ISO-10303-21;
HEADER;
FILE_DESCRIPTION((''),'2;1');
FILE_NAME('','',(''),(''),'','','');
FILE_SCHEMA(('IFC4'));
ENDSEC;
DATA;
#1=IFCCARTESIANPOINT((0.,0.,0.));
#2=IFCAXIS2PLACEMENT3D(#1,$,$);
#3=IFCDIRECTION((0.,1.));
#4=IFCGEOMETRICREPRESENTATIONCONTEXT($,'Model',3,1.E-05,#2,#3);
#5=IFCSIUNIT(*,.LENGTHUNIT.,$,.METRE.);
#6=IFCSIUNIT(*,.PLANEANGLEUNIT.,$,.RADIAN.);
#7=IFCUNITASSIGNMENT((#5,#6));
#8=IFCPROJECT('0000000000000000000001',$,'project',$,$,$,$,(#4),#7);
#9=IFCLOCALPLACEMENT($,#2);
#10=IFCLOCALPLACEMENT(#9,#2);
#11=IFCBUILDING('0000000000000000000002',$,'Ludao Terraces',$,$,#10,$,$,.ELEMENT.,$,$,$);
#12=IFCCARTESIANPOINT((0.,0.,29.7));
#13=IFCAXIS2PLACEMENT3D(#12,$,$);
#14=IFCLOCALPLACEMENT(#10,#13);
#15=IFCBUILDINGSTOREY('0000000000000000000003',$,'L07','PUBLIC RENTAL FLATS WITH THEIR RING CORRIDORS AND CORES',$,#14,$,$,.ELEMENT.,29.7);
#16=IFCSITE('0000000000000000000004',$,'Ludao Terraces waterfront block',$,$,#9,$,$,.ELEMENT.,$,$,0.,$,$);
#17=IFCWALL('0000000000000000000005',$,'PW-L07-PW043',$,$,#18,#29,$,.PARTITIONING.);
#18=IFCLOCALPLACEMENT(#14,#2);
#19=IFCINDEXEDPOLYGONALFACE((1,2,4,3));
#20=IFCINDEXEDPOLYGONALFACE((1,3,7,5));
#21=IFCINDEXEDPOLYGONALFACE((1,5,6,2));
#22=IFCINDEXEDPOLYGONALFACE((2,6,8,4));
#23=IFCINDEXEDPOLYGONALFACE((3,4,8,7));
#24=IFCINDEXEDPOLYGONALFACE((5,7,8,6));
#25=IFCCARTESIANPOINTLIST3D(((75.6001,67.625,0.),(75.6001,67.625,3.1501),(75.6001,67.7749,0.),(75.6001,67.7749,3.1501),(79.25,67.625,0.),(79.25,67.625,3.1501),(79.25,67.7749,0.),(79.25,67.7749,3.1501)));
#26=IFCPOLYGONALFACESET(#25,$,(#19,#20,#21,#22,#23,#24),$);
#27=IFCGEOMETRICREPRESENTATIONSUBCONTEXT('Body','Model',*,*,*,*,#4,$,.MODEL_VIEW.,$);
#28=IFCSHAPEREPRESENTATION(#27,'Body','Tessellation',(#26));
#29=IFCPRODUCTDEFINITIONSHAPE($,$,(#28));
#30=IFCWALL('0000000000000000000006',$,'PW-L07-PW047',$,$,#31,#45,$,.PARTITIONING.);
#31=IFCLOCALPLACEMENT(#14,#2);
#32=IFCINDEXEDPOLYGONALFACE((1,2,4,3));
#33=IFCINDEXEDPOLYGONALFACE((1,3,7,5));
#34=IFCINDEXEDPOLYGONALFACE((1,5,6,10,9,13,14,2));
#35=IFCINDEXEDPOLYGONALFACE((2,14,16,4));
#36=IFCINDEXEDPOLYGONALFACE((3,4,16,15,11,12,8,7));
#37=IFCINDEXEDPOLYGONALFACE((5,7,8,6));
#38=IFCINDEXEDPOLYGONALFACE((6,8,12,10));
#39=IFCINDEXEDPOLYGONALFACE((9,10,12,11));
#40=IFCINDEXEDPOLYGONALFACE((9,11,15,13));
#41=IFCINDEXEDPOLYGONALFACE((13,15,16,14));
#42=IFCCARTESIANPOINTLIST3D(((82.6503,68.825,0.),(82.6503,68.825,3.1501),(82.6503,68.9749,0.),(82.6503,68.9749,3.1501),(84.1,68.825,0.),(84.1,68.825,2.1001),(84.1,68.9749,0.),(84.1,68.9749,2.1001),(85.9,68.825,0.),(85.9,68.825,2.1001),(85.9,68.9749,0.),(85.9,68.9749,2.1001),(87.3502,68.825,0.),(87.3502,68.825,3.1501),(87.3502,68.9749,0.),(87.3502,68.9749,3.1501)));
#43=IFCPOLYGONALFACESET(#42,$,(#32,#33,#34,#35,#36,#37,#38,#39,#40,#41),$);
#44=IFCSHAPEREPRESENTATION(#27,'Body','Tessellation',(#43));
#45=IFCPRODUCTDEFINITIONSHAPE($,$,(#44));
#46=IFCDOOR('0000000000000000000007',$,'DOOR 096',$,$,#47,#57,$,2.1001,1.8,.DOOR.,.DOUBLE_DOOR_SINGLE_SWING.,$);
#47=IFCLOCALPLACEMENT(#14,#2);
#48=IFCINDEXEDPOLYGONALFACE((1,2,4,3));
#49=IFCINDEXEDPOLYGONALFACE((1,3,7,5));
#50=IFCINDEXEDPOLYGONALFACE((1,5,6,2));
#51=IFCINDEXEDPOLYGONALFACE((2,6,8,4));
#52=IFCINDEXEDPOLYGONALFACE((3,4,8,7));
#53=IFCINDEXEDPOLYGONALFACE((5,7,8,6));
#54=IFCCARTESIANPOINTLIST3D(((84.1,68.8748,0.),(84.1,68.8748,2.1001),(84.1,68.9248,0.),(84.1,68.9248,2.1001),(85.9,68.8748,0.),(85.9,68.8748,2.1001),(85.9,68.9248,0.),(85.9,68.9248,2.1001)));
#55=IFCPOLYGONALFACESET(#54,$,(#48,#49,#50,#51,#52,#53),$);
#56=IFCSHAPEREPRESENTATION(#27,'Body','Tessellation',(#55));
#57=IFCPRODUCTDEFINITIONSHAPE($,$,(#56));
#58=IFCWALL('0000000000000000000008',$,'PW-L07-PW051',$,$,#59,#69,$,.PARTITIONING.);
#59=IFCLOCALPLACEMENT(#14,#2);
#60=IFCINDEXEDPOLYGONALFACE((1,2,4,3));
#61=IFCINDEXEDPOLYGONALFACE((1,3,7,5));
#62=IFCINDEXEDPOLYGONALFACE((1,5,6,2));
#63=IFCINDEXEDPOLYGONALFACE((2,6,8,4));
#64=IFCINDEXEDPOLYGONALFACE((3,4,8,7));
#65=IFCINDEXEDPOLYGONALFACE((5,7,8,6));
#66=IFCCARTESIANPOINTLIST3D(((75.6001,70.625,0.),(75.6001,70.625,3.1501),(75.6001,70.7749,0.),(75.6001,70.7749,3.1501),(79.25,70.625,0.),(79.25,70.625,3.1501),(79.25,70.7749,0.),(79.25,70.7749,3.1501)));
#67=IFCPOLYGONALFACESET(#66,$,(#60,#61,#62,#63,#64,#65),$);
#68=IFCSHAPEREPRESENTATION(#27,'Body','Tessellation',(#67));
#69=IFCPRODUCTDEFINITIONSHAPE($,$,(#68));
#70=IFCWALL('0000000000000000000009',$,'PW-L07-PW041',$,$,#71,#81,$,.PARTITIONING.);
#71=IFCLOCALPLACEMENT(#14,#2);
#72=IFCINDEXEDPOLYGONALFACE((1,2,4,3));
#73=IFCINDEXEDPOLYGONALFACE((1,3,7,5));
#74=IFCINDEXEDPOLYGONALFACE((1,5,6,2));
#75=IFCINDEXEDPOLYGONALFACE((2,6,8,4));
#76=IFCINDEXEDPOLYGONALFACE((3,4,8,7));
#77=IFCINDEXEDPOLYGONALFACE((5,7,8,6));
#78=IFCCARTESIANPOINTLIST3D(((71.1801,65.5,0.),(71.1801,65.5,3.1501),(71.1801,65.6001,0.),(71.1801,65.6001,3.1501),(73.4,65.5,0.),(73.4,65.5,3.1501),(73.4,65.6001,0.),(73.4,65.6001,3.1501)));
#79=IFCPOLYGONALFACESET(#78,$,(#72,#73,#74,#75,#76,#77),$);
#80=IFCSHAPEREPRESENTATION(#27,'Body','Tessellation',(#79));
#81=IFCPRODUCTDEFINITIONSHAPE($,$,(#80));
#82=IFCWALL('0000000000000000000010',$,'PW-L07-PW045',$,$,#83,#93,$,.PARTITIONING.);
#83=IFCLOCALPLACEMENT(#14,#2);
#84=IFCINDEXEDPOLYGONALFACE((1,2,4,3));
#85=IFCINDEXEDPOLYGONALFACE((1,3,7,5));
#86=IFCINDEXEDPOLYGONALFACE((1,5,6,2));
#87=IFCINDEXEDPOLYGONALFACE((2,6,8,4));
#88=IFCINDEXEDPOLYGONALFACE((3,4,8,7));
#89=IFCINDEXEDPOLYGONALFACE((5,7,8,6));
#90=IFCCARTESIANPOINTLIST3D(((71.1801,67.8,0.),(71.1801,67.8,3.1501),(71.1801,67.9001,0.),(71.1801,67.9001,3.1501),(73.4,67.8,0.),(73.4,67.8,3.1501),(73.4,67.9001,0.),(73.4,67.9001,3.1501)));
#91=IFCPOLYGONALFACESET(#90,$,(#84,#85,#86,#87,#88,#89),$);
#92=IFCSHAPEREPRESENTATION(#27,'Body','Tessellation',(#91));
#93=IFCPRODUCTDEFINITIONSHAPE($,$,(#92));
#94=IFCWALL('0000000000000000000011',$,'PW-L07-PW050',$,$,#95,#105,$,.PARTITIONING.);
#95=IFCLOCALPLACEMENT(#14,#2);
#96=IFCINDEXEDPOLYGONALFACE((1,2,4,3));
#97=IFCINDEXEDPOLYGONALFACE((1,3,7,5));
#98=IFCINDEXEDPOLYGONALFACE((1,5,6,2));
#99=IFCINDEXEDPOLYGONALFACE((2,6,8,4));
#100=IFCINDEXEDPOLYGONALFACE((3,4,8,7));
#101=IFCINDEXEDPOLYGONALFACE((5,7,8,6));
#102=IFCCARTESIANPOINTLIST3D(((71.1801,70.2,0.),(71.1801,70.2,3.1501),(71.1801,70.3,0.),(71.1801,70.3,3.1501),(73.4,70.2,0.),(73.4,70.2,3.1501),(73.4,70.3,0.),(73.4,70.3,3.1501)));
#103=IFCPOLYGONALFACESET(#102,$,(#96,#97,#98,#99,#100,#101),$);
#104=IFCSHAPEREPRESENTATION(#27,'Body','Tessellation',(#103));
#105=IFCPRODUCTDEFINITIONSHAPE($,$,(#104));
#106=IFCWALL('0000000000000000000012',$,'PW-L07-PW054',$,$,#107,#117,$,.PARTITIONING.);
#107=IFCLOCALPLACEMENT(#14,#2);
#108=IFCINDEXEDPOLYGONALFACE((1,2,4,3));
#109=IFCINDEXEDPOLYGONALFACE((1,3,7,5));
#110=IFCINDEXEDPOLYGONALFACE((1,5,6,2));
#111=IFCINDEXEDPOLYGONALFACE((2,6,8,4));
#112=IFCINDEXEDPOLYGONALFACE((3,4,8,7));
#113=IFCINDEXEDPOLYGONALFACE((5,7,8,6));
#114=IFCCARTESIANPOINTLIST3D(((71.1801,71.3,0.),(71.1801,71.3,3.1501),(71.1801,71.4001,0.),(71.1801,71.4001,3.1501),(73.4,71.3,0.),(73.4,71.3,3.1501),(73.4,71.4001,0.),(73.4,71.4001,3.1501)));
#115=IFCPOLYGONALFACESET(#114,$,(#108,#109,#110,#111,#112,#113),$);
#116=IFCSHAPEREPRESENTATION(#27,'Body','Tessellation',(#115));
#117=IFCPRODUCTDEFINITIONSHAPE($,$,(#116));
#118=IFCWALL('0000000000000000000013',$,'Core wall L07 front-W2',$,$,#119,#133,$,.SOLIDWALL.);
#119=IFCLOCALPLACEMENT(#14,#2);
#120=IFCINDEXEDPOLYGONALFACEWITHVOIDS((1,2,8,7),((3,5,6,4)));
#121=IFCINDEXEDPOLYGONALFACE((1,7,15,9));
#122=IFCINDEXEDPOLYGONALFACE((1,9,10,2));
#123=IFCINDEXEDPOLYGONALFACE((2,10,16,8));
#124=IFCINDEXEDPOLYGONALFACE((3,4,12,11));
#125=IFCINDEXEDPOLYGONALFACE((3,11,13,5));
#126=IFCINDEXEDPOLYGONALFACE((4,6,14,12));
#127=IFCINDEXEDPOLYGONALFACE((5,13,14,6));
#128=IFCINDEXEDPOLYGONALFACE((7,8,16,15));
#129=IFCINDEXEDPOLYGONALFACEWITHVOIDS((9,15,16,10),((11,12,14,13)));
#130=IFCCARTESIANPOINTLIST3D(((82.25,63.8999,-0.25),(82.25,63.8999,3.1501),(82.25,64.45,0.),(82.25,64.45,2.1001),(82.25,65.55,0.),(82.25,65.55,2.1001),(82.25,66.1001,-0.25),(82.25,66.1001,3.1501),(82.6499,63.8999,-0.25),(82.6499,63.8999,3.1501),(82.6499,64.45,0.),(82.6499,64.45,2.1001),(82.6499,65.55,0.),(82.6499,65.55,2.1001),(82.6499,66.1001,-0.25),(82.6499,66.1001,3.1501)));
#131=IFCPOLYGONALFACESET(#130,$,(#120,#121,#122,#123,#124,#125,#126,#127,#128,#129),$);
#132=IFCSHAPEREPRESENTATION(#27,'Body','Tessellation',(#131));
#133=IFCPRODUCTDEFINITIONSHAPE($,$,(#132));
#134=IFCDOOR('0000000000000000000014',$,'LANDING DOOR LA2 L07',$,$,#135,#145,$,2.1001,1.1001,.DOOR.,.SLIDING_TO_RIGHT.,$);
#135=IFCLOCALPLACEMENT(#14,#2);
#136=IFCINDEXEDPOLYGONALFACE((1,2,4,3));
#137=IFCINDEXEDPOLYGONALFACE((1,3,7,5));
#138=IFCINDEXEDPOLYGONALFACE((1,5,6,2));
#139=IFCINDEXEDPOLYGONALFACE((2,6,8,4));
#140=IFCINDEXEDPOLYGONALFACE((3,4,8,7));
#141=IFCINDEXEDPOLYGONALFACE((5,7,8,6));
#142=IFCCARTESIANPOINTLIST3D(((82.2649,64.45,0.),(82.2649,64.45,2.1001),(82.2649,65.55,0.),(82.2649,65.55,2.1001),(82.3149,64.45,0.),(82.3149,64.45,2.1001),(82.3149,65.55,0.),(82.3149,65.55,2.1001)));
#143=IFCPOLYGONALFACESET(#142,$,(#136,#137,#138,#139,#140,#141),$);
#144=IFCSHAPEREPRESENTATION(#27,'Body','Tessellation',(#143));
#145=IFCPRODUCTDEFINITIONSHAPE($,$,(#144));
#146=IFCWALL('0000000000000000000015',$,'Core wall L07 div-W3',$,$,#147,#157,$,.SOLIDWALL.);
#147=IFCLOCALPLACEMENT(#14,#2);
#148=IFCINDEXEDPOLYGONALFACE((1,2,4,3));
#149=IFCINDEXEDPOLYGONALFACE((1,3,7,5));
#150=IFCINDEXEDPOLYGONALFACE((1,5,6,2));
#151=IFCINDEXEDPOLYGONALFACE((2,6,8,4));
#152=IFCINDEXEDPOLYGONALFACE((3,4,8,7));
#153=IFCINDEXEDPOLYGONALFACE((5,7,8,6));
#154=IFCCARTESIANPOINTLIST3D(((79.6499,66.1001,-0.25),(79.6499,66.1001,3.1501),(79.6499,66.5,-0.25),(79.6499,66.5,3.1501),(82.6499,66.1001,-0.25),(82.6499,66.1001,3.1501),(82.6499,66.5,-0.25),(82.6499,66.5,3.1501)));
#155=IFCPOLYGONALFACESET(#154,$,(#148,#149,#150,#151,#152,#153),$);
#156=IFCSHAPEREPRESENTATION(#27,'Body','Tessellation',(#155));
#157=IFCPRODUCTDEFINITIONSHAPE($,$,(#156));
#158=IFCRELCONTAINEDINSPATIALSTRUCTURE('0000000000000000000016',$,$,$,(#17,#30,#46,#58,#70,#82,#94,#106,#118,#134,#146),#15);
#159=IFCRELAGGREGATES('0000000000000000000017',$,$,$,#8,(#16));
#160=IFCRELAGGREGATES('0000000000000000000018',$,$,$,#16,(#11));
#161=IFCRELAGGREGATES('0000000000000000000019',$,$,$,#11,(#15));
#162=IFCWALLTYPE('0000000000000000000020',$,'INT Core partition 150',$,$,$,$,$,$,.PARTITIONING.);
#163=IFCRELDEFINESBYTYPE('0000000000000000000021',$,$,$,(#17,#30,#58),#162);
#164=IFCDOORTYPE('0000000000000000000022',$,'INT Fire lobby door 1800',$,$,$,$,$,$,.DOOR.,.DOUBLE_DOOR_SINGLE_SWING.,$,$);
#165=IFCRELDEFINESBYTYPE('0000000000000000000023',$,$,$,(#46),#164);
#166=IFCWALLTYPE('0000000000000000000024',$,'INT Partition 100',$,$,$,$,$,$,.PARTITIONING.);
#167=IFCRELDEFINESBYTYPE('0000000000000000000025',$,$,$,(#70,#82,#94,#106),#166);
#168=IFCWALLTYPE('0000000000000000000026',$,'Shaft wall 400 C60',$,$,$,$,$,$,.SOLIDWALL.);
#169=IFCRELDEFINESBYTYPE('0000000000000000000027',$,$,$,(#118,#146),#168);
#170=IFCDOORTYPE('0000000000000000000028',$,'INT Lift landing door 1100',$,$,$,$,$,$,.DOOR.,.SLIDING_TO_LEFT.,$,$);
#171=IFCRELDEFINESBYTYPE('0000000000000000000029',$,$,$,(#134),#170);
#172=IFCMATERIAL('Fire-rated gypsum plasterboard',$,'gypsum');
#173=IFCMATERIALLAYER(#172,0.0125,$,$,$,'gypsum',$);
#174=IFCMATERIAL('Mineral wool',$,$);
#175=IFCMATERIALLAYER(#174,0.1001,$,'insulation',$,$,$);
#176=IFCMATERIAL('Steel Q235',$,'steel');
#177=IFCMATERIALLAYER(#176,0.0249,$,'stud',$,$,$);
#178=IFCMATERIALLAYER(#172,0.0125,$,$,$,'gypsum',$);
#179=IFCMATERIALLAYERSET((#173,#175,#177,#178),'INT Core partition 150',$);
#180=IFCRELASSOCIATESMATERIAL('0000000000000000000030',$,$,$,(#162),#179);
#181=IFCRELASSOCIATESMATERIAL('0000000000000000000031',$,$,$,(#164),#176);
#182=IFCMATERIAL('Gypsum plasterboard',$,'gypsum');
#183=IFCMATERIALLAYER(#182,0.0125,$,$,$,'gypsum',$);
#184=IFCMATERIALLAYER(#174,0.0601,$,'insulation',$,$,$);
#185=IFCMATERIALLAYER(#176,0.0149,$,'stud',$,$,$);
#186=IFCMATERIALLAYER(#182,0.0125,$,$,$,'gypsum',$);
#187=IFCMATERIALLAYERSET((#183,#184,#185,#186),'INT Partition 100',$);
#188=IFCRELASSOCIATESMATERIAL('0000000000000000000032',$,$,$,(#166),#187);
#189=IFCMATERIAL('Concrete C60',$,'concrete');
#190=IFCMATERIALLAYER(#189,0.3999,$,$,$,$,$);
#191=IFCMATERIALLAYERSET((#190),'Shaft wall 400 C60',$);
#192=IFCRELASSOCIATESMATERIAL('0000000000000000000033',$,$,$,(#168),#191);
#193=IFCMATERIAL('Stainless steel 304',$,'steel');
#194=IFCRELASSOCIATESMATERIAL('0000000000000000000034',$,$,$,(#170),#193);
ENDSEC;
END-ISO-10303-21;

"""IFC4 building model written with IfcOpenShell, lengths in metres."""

from ifc_helpers import new_model, si_unit, direction, frame, frame_2d, origin, place, context, subcontext, project, spatial, rectangle, extrude, material, layer, layer_set, type_object, element, fill, save


model = new_model("IFC4")

# Units and contexts
model_context = context("Model", 3, precision=1e-05, world=origin(), true_north=direction((0.0, 1.0)))
body_context = subcontext(model_context, "Body", "Model", "MODEL_VIEW")
ifc_project = project(units=[si_unit("LENGTHUNIT", "METRE"), si_unit("PLANEANGLEUNIT", "RADIAN")], contexts=[model_context])

# Site, building, storey
site_placement = place(None, origin())
site = spatial("IfcSite", under=ifc_project, at=site_placement, Name="Ludao Terraces waterfront block", CompositionType="ELEMENT", RefElevation=0.0)
building_placement = place(site_placement, origin())
building = spatial("IfcBuilding", under=site, at=building_placement, Name="Ludao Terraces", CompositionType="ELEMENT")
storey_placement = place(building_placement, frame((0.0, 0.0, 29.7)))
storey = spatial("IfcBuildingStorey", under=building, at=storey_placement, Name="L07", Description="PUBLIC RENTAL FLATS WITH THEIR RING CORRIDORS AND CORES", CompositionType="ELEMENT", Elevation=29.7)

# Wall
ifc_material_1 = material(Name="Fire-rated gypsum plasterboard", Category="gypsum")
ifc_layer_1 = layer(ifc_material_1, 0.0125, Category="gypsum")
ifc_material_2 = material(Name="Mineral wool")
ifc_layer_2 = layer(ifc_material_2, 0.1001, Name="insulation")
ifc_material_3 = material(Name="Steel Q235", Category="steel")
ifc_layer_3 = layer(ifc_material_3, 0.0249, Name="stud")
ifc_layer_4 = layer(ifc_material_1, 0.0125, Category="gypsum")
ifc_layer_set_1 = layer_set([ifc_layer_1, ifc_layer_2, ifc_layer_3, ifc_layer_4], Name="INT Core partition 150")
wall_type_1 = type_object("IfcWallType", Name="INT Core partition 150", PredefinedType="PARTITIONING", material=ifc_layer_set_1)
wall_1_placement = place(storey_placement, frame((75.6001, 67.7, 0.0), z_axis=(0.0, 0.0, 1.0), x_axis=(1.0, 0.0, 0.0)))
element("IfcWall", 1, at=wall_1_placement, inside=storey, type_object=wall_type_1, Name="PW-L07-PW043", PredefinedType="PARTITIONING", context=body_context, shape_type="SweptSolid", body=[
    extrude(rectangle(XDim=3.6499, YDim=0.1499, at=frame_2d((1.825, 0.0))), origin(), (0.0, 0.0, 1.0), 3.1501),
])

# Wall, opening, door
wall_2_placement = place(storey_placement, frame((82.6501, 68.8999, 0.0), z_axis=(0.0, 0.0, 1.0), x_axis=(1.0, 0.0, 0.0)))
wall_2 = element("IfcWall", 2, at=wall_2_placement, inside=storey, type_object=wall_type_1, Name="PW-L07-PW047", PredefinedType="PARTITIONING", context=body_context, shape_type="SweptSolid", body=[
    extrude(rectangle(XDim=4.7, YDim=0.1499, at=frame_2d((2.3501, 0.0))), origin(), (0.0, 0.0, 1.0), 3.1501),
])
opening_1_placement = place(wall_2_placement, frame((1.45, 0.0, 0.0)))
opening_1 = element("IfcOpeningElement", 3, at=opening_1_placement, cuts=wall_2, PredefinedType="OPENING", context=body_context, shape_type="SweptSolid", body=[
    extrude(rectangle(XDim=1.8, YDim=2.1001, at=frame_2d((0.8999, 1.05))), frame((0.0, 0.085, 0.0), z_axis=(0.0, -1.0, 0.0), x_axis=(1.0, 0.0, 0.0)), (0.0, 0.0, 1.0), 0.1699),
])
door_type_1 = type_object("IfcDoorType", Name="INT Fire lobby door 1800", OperationType="DOUBLE_DOOR_SINGLE_SWING", PredefinedType="DOOR", material=ifc_material_3)
door_1_placement = place(opening_1_placement, origin())
door_1 = element("IfcDoor", 4, at=door_1_placement, inside=storey, type_object=door_type_1, Name="DOOR 096", OperationType="DOUBLE_DOOR_SINGLE_SWING", OverallHeight=2.1001, OverallWidth=1.8, PredefinedType="DOOR", context=body_context, shape_type="SweptSolid", body=[
    extrude(rectangle(XDim=1.8, YDim=2.1001, at=frame_2d((0.8999, 1.05))), frame((0.0, 0.0249, 0.0), z_axis=(0.0, -1.0, 0.0), x_axis=(1.0, 0.0, 0.0)), (0.0, 0.0, 1.0), 0.05),
])
fill(opening_1, door_1)

# Walls
wall_3_placement = place(storey_placement, frame((75.6001, 70.7, 0.0), z_axis=(0.0, 0.0, 1.0), x_axis=(1.0, 0.0, 0.0)))
element("IfcWall", 5, at=wall_3_placement, inside=storey, type_object=wall_type_1, Name="PW-L07-PW051", PredefinedType="PARTITIONING", context=body_context, shape_type="SweptSolid", body=[
    extrude(rectangle(XDim=3.6499, YDim=0.1499, at=frame_2d((1.825, 0.0))), origin(), (0.0, 0.0, 1.0), 3.1501),
])
ifc_material_4 = material(Name="Gypsum plasterboard", Category="gypsum")
ifc_layer_5 = layer(ifc_material_4, 0.0125, Category="gypsum")
ifc_layer_6 = layer(ifc_material_2, 0.0601, Name="insulation")
ifc_layer_7 = layer(ifc_material_3, 0.0149, Name="stud")
ifc_layer_8 = layer(ifc_material_4, 0.0125, Category="gypsum")
ifc_layer_set_2 = layer_set([ifc_layer_5, ifc_layer_6, ifc_layer_7, ifc_layer_8], Name="INT Partition 100")
wall_type_2 = type_object("IfcWallType", Name="INT Partition 100", PredefinedType="PARTITIONING", material=ifc_layer_set_2)
for number, where, z_axis, x_axis, name in (
    (6, (71.1802, 65.55, 0.0), (0.0, 0.0, 1.0), (1.0, 0.0, 0.0), "PW-L07-PW041"),
    (7, (71.1802, 67.8501, 0.0), (0.0, 0.0, 1.0), (1.0, 0.0, 0.0), "PW-L07-PW045"),
    (8, (71.1802, 70.25, 0.0), (0.0, 0.0, 1.0), (1.0, 0.0, 0.0), "PW-L07-PW050"),
    (9, (71.1802, 71.3501, 0.0), (0.0, 0.0, 1.0), (1.0, 0.0, 0.0), "PW-L07-PW054"),
):
    element("IfcWall", number, at=place(storey_placement, frame(where, z_axis=z_axis, x_axis=x_axis)), inside=storey, type_object=wall_type_2, Name=name, PredefinedType="PARTITIONING", context=body_context, shape_type="SweptSolid", body=[
        extrude(rectangle(XDim=2.22, YDim=0.1001, at=frame_2d((1.1099, 0.0))), origin(), (0.0, 0.0, 1.0), 3.1501),
    ])

# Wall, opening, door
ifc_material_5 = material(Name="Concrete C60", Category="concrete")
ifc_layer_9 = layer(ifc_material_5, 0.3999)
ifc_layer_set_3 = layer_set([ifc_layer_9], Name="Shaft wall 400 C60")
wall_type_3 = type_object("IfcWallType", Name="Shaft wall 400 C60", PredefinedType="SOLIDWALL", material=ifc_layer_set_3)
wall_4_placement = place(storey_placement, frame((82.45, 63.8999, -0.25), z_axis=(0.0, 0.0, 1.0), x_axis=(0.0, 1.0, 0.0)))
wall_4 = element("IfcWall", 10, at=wall_4_placement, inside=storey, type_object=wall_type_3, Name="Core wall L07 front-W2", PredefinedType="SOLIDWALL", context=body_context, shape_type="SweptSolid", body=[
    extrude(rectangle(XDim=2.2002, YDim=0.3999, at=frame_2d((1.1001, 0.0))), origin(), (0.0, 0.0, 1.0), 3.4001),
])
opening_2_placement = place(wall_4_placement, frame((0.55, 0.0, 0.25)))
opening_2 = element("IfcOpeningElement", 11, at=opening_2_placement, cuts=wall_4, PredefinedType="OPENING", context=body_context, shape_type="SweptSolid", body=[
    extrude(rectangle(XDim=1.1001, YDim=2.1001, at=frame_2d((0.55, 1.05))), frame((0.0, 0.21, 0.0), z_axis=(0.0, -1.0, 0.0), x_axis=(1.0, 0.0, 0.0)), (0.0, 0.0, 1.0), 0.4199),
])
ifc_material_6 = material(Name="Stainless steel 304", Category="steel")
door_type_2 = type_object("IfcDoorType", Name="INT Lift landing door 1100", OperationType="SLIDING_TO_LEFT", PredefinedType="DOOR", material=ifc_material_6)
door_2_placement = place(opening_2_placement, origin())
door_2 = element("IfcDoor", 12, at=door_2_placement, inside=storey, type_object=door_type_2, Name="LANDING DOOR LA2 L07", OperationType="SLIDING_TO_RIGHT", OverallHeight=2.1001, OverallWidth=1.1001, PredefinedType="DOOR", context=body_context, shape_type="SweptSolid", body=[
    extrude(rectangle(XDim=1.1001, YDim=2.1001, at=frame_2d((0.55, 1.05))), frame((0.0, 0.1851, 0.0), z_axis=(0.0, -1.0, 0.0), x_axis=(1.0, 0.0, 0.0)), (0.0, 0.0, 1.0), 0.05),
])
fill(opening_2, door_2)

# Wall
wall_5_placement = place(storey_placement, frame((79.6499, 66.3, -0.25), z_axis=(0.0, 0.0, 1.0), x_axis=(1.0, 0.0, 0.0)))
element("IfcWall", 13, at=wall_5_placement, inside=storey, type_object=wall_type_3, Name="Core wall L07 div-W3", PredefinedType="SOLIDWALL", context=body_context, shape_type="SweptSolid", body=[
    extrude(rectangle(XDim=3.0, YDim=0.3999, at=frame_2d((1.5, 0.0))), origin(), (0.0, 0.0, 1.0), 3.4001),
])

save(model, "model.ifc")
